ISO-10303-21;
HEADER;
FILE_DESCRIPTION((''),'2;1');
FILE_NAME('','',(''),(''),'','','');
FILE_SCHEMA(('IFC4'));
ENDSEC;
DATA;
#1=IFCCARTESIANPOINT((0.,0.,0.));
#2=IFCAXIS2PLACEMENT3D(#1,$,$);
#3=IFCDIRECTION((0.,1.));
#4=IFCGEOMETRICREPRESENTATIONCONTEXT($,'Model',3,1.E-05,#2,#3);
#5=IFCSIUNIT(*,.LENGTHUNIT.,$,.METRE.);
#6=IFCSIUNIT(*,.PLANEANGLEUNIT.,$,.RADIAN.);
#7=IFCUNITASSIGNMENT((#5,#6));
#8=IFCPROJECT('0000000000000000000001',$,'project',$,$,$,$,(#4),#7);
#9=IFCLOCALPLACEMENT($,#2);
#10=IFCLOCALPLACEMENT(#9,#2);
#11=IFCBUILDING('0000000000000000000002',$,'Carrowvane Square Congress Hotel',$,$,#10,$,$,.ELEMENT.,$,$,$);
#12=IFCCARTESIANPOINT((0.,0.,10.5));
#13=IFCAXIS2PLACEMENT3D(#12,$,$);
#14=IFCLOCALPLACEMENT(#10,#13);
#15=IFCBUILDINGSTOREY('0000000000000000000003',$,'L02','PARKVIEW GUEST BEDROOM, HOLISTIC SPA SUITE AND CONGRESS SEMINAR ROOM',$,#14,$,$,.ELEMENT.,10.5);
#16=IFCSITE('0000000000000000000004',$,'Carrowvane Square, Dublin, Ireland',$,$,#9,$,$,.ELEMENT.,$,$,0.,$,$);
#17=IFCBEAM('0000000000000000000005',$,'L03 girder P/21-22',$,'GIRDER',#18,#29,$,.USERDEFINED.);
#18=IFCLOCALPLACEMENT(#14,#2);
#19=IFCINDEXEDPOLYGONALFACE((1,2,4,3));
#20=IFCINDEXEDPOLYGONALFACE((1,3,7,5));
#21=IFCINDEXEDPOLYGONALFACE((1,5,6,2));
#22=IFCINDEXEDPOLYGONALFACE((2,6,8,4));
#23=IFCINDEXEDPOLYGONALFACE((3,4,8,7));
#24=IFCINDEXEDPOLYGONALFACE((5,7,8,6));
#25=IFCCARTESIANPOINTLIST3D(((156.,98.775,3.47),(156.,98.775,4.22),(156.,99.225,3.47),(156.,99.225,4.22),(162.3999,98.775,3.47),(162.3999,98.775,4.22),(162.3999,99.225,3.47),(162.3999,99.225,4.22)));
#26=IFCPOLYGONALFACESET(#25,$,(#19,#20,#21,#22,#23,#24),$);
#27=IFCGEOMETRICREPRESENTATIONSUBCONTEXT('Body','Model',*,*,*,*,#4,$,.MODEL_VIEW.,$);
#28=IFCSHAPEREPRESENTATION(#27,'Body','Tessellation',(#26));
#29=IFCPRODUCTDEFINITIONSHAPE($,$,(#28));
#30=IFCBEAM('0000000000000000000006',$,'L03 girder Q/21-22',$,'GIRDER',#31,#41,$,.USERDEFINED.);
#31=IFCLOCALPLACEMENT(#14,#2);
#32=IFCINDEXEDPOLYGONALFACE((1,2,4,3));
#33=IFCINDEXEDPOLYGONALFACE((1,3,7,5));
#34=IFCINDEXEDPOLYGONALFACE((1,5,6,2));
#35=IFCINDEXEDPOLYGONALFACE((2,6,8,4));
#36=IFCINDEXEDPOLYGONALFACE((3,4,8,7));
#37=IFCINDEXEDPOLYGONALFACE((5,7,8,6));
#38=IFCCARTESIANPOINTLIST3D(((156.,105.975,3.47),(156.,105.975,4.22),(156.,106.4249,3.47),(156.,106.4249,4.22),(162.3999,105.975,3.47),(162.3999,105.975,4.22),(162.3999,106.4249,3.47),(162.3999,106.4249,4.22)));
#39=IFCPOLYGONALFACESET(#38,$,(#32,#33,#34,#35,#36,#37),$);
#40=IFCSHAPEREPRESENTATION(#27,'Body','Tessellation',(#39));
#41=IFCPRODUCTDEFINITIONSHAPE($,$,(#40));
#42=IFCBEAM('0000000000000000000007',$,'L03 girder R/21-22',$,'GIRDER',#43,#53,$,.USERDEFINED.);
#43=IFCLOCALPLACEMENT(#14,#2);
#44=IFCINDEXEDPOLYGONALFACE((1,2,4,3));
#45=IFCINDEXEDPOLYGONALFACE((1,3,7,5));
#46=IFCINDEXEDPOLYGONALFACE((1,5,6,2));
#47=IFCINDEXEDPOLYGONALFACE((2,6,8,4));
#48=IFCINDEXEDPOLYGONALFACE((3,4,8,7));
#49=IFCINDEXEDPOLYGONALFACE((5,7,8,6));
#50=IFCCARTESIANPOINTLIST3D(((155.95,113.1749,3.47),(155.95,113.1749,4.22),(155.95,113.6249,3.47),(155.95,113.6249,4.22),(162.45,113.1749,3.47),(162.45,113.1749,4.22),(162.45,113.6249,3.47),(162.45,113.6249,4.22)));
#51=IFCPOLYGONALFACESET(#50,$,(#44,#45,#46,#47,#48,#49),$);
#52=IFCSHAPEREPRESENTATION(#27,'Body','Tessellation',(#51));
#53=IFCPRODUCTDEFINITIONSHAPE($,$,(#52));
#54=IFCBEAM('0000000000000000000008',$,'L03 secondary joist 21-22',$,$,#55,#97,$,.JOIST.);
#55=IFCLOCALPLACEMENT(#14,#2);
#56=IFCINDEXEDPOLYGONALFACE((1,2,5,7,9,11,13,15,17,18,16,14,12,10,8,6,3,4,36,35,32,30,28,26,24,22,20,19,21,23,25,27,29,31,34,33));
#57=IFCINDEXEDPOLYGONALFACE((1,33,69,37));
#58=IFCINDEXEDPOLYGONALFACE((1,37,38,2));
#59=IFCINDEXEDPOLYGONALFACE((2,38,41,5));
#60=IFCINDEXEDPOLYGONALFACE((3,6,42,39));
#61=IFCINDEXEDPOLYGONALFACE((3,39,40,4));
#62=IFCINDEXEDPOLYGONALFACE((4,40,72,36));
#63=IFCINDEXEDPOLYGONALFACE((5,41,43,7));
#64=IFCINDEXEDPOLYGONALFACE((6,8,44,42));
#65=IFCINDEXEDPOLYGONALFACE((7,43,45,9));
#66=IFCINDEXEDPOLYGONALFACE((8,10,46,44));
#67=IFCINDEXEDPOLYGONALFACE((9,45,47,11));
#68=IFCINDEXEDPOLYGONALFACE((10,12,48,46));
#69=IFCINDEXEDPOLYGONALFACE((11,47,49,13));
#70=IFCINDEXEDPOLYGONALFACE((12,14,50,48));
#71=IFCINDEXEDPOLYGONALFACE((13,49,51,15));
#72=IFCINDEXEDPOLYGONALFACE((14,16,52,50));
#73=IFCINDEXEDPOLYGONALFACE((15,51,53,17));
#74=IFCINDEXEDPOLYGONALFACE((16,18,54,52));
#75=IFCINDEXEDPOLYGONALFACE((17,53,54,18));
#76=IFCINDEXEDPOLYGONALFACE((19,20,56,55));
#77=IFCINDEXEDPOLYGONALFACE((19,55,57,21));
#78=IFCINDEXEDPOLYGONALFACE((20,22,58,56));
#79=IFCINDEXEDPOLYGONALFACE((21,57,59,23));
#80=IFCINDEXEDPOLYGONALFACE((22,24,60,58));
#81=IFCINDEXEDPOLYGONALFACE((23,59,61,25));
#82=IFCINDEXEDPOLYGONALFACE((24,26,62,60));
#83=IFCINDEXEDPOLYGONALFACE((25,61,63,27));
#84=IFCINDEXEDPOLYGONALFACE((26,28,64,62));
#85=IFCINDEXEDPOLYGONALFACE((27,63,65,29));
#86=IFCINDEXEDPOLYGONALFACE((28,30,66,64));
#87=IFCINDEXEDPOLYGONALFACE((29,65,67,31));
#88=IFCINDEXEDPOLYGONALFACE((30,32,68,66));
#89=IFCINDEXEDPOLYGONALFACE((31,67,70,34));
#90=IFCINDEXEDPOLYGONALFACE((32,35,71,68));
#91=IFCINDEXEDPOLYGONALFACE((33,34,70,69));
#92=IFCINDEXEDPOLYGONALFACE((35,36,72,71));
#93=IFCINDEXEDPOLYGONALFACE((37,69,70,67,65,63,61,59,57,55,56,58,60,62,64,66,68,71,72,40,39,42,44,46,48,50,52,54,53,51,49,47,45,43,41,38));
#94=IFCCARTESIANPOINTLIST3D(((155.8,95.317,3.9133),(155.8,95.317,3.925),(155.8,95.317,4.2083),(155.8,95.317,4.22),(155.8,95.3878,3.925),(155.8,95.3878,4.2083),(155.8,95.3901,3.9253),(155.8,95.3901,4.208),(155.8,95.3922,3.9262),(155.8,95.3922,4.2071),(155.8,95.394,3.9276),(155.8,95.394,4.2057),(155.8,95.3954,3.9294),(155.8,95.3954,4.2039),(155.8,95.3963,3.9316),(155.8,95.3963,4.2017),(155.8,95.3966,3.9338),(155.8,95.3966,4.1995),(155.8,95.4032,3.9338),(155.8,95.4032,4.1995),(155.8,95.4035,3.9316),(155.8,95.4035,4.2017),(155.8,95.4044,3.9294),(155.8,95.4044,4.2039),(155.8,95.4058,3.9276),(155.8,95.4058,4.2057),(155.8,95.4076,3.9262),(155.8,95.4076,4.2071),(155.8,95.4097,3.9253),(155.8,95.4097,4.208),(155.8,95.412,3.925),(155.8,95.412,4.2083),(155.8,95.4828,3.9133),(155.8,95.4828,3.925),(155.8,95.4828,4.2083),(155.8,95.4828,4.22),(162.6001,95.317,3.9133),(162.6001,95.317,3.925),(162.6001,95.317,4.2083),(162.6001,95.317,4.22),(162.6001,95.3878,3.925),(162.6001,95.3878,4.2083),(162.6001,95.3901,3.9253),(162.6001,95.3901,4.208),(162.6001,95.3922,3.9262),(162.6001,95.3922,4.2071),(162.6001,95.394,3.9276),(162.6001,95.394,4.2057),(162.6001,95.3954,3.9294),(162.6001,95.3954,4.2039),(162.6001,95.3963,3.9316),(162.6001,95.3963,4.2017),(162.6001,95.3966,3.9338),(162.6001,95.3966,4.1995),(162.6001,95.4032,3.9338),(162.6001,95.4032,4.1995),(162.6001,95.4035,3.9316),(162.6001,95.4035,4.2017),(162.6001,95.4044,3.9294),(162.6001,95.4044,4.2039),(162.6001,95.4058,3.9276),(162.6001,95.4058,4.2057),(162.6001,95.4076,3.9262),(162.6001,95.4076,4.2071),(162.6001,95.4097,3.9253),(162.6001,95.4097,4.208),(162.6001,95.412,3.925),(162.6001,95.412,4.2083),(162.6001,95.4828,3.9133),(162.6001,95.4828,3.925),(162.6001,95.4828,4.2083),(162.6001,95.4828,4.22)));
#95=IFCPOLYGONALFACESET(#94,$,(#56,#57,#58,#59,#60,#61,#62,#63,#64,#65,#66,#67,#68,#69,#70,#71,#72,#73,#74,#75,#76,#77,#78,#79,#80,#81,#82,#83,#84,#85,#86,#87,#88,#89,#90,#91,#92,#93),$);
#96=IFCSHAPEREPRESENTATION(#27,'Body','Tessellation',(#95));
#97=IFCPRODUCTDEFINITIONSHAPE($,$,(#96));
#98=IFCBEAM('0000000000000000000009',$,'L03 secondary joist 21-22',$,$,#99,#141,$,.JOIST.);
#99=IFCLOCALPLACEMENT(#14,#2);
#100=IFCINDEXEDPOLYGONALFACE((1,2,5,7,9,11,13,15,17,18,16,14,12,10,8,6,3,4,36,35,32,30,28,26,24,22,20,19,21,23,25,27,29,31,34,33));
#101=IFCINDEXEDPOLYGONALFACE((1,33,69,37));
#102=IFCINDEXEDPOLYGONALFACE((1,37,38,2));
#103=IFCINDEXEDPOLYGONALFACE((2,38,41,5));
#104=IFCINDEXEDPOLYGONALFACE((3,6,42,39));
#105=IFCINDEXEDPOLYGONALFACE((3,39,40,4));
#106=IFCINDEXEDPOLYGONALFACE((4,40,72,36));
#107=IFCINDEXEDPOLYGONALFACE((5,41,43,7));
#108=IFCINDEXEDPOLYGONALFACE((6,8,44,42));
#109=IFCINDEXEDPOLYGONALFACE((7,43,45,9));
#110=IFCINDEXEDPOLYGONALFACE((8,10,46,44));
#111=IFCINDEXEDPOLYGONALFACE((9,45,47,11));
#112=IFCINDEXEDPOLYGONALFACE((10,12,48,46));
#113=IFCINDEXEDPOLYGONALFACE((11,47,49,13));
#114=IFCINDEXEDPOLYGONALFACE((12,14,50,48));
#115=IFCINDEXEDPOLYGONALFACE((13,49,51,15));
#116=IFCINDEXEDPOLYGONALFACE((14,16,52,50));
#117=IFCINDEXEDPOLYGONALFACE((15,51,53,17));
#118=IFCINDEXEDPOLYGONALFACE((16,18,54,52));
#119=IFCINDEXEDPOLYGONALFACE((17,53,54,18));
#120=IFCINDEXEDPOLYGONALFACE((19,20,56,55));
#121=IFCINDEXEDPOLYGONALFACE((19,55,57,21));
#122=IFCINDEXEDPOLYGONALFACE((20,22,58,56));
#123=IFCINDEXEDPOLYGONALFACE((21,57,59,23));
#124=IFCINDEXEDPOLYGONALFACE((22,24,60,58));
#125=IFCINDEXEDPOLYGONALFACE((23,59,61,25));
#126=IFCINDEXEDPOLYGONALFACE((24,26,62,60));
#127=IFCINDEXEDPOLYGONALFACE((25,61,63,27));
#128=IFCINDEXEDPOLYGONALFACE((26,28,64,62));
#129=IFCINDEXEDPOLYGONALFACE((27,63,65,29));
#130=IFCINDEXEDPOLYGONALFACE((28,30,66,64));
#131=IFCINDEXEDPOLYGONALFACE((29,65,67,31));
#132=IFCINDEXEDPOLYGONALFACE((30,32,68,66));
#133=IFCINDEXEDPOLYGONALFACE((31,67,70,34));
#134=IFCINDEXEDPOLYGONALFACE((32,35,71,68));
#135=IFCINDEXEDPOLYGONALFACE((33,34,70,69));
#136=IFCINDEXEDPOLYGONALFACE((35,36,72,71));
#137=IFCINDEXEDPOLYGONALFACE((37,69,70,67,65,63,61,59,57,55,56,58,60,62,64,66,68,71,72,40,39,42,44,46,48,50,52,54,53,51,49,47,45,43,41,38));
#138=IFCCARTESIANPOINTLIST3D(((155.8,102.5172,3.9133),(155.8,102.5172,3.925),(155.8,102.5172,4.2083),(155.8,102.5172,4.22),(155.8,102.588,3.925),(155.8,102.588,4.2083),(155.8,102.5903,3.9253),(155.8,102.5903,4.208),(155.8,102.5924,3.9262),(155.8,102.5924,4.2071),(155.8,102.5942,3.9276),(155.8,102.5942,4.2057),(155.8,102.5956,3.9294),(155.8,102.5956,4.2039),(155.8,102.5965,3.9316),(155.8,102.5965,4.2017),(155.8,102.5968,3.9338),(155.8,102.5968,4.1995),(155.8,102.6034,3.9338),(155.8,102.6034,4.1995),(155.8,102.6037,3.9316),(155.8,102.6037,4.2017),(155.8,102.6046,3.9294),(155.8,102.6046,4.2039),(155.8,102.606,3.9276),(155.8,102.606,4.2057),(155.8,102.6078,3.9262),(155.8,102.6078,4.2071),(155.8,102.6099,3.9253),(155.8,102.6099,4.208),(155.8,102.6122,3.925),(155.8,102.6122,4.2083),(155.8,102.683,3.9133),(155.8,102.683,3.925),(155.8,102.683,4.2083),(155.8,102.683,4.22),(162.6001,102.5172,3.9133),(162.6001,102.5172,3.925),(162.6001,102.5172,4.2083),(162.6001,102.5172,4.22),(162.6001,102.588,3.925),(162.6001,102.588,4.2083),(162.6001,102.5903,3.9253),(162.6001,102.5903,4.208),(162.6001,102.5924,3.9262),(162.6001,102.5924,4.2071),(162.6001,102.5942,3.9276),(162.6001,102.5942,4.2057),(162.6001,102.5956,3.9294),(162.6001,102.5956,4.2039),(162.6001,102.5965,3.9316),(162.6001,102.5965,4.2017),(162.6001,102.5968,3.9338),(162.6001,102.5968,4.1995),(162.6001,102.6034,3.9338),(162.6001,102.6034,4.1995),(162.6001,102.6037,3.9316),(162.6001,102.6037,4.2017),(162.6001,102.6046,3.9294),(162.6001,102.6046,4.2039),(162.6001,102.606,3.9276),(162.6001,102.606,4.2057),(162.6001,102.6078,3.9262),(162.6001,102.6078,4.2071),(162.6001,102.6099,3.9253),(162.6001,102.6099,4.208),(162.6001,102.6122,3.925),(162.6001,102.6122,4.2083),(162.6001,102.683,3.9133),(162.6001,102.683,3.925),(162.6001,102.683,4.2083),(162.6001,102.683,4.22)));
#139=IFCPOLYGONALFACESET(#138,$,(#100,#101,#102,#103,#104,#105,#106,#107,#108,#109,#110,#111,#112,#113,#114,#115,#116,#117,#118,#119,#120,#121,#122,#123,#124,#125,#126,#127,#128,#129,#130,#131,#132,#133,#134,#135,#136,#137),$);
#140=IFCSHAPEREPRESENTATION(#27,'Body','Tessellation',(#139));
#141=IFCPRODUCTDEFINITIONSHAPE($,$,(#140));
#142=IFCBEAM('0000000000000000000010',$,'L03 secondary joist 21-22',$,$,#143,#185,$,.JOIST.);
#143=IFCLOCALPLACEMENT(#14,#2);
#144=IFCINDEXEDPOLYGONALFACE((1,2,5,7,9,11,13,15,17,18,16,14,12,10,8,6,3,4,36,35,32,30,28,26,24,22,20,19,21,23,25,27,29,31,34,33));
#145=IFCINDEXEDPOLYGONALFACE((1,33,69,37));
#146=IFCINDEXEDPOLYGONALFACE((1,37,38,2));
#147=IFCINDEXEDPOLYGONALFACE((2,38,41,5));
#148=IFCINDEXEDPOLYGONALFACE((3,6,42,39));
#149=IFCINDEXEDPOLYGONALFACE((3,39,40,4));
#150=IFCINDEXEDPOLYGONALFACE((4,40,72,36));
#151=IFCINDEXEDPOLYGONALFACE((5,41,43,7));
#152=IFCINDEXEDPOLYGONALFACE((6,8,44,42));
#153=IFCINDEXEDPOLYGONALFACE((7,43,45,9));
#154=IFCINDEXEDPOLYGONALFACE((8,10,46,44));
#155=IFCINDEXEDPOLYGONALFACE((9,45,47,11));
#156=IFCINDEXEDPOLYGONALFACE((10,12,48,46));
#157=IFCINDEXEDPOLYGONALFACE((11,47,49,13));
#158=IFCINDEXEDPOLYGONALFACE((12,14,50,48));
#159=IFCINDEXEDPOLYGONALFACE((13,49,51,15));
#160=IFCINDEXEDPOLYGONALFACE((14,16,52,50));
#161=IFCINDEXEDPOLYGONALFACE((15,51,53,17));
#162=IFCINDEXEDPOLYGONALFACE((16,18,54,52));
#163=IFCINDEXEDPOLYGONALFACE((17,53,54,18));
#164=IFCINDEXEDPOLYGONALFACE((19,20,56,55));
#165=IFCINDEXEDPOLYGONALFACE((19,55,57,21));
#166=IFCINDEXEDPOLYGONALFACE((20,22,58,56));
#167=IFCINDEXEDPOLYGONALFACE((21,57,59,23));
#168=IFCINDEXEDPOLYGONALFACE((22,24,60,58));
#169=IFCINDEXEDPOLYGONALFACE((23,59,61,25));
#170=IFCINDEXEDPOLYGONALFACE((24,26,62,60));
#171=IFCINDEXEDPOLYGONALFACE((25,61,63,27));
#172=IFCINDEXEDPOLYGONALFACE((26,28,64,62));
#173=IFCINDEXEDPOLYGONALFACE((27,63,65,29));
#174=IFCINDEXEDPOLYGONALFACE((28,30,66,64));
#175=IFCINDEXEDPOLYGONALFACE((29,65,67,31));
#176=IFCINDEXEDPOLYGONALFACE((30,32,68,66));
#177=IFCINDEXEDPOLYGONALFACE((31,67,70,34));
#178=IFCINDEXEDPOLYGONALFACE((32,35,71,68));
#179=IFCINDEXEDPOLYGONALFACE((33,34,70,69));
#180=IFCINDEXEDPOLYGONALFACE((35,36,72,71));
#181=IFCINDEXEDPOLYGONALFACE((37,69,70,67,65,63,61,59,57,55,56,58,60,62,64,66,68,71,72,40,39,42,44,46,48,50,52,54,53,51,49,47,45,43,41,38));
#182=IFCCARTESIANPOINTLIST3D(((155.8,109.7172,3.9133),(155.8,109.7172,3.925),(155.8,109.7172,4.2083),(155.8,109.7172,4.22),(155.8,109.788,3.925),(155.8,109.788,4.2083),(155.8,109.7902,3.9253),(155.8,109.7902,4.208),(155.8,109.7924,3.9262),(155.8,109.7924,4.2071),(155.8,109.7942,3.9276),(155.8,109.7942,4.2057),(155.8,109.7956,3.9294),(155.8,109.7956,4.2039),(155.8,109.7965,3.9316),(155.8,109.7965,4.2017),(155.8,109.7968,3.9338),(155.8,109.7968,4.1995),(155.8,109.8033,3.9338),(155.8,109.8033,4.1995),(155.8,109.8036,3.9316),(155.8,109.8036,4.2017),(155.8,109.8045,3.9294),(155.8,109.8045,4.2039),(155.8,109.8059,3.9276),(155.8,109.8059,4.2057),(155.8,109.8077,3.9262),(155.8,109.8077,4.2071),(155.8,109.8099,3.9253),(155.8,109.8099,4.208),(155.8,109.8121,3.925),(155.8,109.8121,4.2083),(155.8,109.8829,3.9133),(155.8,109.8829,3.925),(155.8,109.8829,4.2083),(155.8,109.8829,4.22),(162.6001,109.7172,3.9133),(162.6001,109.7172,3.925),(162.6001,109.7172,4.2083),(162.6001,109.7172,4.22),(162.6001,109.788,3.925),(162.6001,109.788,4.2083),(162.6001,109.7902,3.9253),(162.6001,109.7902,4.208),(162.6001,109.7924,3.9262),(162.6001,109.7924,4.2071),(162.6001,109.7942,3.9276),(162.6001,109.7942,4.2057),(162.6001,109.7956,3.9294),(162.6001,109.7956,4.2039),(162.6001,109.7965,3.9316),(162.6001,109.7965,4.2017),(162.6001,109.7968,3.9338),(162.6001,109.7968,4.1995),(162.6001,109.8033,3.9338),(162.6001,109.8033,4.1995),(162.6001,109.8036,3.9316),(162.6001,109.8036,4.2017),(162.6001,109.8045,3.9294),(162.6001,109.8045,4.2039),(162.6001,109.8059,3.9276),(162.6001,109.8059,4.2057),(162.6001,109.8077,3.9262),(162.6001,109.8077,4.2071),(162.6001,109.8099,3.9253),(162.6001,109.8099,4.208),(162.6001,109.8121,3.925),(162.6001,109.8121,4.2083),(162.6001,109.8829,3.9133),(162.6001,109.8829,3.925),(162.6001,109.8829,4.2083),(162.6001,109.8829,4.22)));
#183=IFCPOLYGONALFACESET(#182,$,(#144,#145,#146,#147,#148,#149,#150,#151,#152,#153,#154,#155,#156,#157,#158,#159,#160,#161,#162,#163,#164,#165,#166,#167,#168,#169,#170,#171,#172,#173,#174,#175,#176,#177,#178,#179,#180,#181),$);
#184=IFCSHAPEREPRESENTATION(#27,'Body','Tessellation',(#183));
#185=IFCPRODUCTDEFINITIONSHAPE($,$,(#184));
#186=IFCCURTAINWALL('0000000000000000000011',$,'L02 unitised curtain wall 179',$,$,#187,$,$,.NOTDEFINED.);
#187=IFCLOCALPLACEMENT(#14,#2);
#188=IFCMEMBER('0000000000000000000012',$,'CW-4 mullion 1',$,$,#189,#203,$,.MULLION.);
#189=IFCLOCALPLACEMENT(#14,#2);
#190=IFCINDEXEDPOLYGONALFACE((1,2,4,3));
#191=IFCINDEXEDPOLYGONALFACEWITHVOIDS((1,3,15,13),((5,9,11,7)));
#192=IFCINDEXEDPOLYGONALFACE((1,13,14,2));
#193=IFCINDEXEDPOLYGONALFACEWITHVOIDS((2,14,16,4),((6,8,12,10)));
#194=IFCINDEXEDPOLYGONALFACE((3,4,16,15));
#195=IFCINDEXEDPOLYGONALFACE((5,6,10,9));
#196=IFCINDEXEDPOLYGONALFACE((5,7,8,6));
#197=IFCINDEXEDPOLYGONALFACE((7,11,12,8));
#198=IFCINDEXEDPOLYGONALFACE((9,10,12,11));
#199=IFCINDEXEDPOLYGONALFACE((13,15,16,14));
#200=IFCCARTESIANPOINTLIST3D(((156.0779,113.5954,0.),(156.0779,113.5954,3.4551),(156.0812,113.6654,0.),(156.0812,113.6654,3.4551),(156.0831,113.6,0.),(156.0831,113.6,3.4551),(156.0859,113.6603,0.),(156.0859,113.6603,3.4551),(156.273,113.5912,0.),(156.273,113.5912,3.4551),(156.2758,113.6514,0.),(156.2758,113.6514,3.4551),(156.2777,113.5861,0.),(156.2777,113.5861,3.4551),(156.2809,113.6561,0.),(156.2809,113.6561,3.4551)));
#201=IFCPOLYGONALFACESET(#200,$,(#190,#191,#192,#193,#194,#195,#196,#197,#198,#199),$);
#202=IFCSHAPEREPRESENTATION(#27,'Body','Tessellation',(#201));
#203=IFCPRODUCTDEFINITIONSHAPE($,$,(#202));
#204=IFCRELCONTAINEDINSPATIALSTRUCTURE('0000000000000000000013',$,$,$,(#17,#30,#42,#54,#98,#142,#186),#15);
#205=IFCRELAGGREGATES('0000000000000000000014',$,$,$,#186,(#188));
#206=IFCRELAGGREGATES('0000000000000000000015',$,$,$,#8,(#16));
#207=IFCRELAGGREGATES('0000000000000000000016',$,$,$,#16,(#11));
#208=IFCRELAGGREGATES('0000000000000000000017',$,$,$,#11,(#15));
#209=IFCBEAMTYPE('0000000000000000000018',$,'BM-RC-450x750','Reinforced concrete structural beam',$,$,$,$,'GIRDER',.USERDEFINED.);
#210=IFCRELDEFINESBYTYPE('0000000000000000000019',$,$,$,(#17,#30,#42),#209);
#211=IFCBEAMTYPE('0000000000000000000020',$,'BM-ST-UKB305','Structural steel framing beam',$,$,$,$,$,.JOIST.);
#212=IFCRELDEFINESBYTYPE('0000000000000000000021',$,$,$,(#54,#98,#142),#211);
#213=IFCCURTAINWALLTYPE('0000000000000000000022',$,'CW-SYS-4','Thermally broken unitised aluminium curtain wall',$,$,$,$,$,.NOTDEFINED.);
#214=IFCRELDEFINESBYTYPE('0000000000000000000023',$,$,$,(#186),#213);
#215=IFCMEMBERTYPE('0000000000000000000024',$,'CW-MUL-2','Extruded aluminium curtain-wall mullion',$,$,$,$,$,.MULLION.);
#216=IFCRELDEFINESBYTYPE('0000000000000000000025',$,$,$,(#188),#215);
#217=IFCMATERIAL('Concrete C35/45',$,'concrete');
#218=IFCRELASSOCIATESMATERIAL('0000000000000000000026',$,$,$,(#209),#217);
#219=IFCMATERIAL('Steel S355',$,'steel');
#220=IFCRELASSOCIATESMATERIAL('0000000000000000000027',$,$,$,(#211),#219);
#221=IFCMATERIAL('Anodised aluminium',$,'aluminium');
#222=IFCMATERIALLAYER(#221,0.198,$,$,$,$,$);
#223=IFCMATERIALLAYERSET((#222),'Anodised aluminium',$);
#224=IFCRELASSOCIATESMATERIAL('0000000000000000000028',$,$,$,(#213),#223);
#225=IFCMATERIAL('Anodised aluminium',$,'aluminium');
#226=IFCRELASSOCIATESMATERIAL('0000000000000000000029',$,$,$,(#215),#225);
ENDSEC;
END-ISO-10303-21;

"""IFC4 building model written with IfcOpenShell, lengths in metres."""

from ifc_helpers import new_model, si_unit, direction, frame, origin, origin_2d, place, context, subcontext, project, spatial, rectangle, hollow_rectangle, i_section, extrude, material, layer, layer_set, material_profile, profile_set, type_object, element, aggregate, save


model = new_model("IFC4")

# Units and contexts
model_context = context("Model", 3, precision=1e-05, world=origin(), true_north=direction((0.0, 1.0)))
body_context = subcontext(model_context, "Body", "Model", "MODEL_VIEW")
ifc_project = project(units=[si_unit("LENGTHUNIT", "METRE"), si_unit("PLANEANGLEUNIT", "RADIAN")], contexts=[model_context])

# Site, building, storey
site_placement = place(None, origin())
site = spatial("IfcSite", under=ifc_project, at=site_placement, Name="Carrowvane Square, Dublin, Ireland", CompositionType="ELEMENT", RefElevation=0.0)
building_placement = place(site_placement, origin())
building = spatial("IfcBuilding", under=site, at=building_placement, Name="Carrowvane Square Congress Hotel", CompositionType="ELEMENT")
storey_placement = place(building_placement, frame((0.0, 0.0, 10.5)))
storey = spatial("IfcBuildingStorey", under=building, at=storey_placement, Name="L02", Description="PARKVIEW GUEST BEDROOM, HOLISTIC SPA SUITE AND CONGRESS SEMINAR ROOM", CompositionType="ELEMENT", Elevation=10.5)

# Beams
ifc_material_1 = material(Name="Concrete C35/45", Category="concrete")
ifc_material_profile_1 = material_profile(ifc_material_1, rectangle(XDim=0.45, YDim=0.75, at=origin_2d()), Name="RC 450x750")
ifc_profile_set_1 = profile_set([ifc_material_profile_1], Name="Concrete C35/45")
beam_type_1 = type_object("IfcBeamType", Name="BM-RC-450x750", Description="Reinforced concrete structural beam", ElementType="GIRDER", PredefinedType="USERDEFINED", material=ifc_profile_set_1)
for number, where, z_axis, x_axis, name in (
    (1, (156.0, 99.0, 3.845), (1.0, 0.0, 0.0), (0.0, 1.0, 0.0), "L03 girder P/21-22"),
    (2, (156.0, 106.2, 3.845), (1.0, 0.0, 0.0), (0.0, 1.0, 0.0), "L03 girder Q/21-22"),
):
    element("IfcBeam", number, at=place(storey_placement, frame(where, z_axis=z_axis, x_axis=x_axis)), inside=storey, type_object=beam_type_1, Name=name, ObjectType="GIRDER", PredefinedType="USERDEFINED", context=body_context, shape_type="SweptSolid", body=[
        extrude(rectangle(XDim=0.45, YDim=0.75, at=origin_2d()), origin(), (0.0, 0.0, 1.0), 6.3999),
    ])
beam_placement = place(storey_placement, frame((155.95, 113.3999, 3.845), z_axis=(1.0, 0.0, 0.0), x_axis=(0.0, 1.0, 0.0)))
element("IfcBeam", 3, at=beam_placement, inside=storey, type_object=beam_type_1, Name="L03 girder R/21-22", ObjectType="GIRDER", PredefinedType="USERDEFINED", context=body_context, shape_type="SweptSolid", body=[
    extrude(rectangle(XDim=0.45, YDim=0.75, at=origin_2d()), origin(), (0.0, 0.0, 1.0), 6.5),
])
ifc_material_2 = material(Name="Steel S355", Category="steel")
ifc_material_profile_2 = material_profile(ifc_material_2, i_section(OverallWidth=0.1658, OverallDepth=0.3066, WebThickness=0.0066, FlangeThickness=0.0117, FilletRadius=0.0088, at=origin_2d()), Name="UKB 305x165x46")
ifc_profile_set_2 = profile_set([ifc_material_profile_2], Name="Steel S355")
beam_type_2 = type_object("IfcBeamType", Name="BM-ST-UKB305", Description="Structural steel framing beam", PredefinedType="JOIST", material=ifc_profile_set_2)
for number, where, z_axis, x_axis, name in (
    (4, (155.8, 95.3999, 4.0667), (1.0, 0.0, 0.0), (0.0, 1.0, 0.0), "L03 secondary joist 21-22"),
    (5, (155.8, 102.6001, 4.0667), (1.0, 0.0, 0.0), (0.0, 1.0, 0.0), "L03 secondary joist 21-22"),
    (6, (155.8, 109.8, 4.0667), (1.0, 0.0, 0.0), (0.0, 1.0, 0.0), "L03 secondary joist 21-22"),
):
    element("IfcBeam", number, at=place(storey_placement, frame(where, z_axis=z_axis, x_axis=x_axis)), inside=storey, type_object=beam_type_2, Name=name, PredefinedType="JOIST", context=body_context, shape_type="SweptSolid", body=[
        extrude(i_section(OverallWidth=0.1658, OverallDepth=0.3066, WebThickness=0.0066, FlangeThickness=0.0117, FilletRadius=0.0088, at=origin_2d()), origin(), (0.0, 0.0, 1.0), 6.8),
    ])

# Curtain wall, member
ifc_material_3 = material(Name="Anodised aluminium", Category="aluminium")
ifc_layer_1 = layer(ifc_material_3, 0.198)
ifc_layer_set_1 = layer_set([ifc_layer_1], Name="Anodised aluminium")
curtain_wall_type = type_object("IfcCurtainWallType", Name="CW-SYS-4", Description="Thermally broken unitised aluminium curtain wall", PredefinedType="NOTDEFINED", material=ifc_layer_set_1)
curtain_wall_placement = place(storey_placement, origin())
curtain_wall = element("IfcCurtainWall", 7, at=curtain_wall_placement, inside=storey, type_object=curtain_wall_type, Name="L02 unitised curtain wall 179", PredefinedType="NOTDEFINED")
ifc_material_4 = material(Name="Anodised aluminium", Category="aluminium")
ifc_material_profile_3 = material_profile(ifc_material_4, hollow_rectangle(XDim=0.0701, YDim=0.2, WallThickness=0.0049, at=origin_2d()), Name="CW-ML 70x200x5")
ifc_profile_set_3 = profile_set([ifc_material_profile_3], Name="Anodised aluminium")
member_type_1 = type_object("IfcMemberType", Name="CW-MUL-2", Description="Extruded aluminium curtain-wall mullion", PredefinedType="MULLION", material=ifc_profile_set_3)
member_1_placement = place(storey_placement, frame((156.1794, 113.6257, 0.0), z_axis=(0.0, 0.0, 1.0), x_axis=(0.046517, 0.998917, 0.0)))
member_1 = element("IfcMember", 8, at=member_1_placement, type_object=member_type_1, Name="CW-4 mullion 1", PredefinedType="MULLION", context=body_context, shape_type="SweptSolid", body=[
    extrude(hollow_rectangle(XDim=0.0701, YDim=0.2, WallThickness=0.0049, at=origin_2d()), origin(), (0.0, 0.0, 1.0), 3.4551),
])
aggregate(curtain_wall, [member_1])

save(model, "model.ifc")
